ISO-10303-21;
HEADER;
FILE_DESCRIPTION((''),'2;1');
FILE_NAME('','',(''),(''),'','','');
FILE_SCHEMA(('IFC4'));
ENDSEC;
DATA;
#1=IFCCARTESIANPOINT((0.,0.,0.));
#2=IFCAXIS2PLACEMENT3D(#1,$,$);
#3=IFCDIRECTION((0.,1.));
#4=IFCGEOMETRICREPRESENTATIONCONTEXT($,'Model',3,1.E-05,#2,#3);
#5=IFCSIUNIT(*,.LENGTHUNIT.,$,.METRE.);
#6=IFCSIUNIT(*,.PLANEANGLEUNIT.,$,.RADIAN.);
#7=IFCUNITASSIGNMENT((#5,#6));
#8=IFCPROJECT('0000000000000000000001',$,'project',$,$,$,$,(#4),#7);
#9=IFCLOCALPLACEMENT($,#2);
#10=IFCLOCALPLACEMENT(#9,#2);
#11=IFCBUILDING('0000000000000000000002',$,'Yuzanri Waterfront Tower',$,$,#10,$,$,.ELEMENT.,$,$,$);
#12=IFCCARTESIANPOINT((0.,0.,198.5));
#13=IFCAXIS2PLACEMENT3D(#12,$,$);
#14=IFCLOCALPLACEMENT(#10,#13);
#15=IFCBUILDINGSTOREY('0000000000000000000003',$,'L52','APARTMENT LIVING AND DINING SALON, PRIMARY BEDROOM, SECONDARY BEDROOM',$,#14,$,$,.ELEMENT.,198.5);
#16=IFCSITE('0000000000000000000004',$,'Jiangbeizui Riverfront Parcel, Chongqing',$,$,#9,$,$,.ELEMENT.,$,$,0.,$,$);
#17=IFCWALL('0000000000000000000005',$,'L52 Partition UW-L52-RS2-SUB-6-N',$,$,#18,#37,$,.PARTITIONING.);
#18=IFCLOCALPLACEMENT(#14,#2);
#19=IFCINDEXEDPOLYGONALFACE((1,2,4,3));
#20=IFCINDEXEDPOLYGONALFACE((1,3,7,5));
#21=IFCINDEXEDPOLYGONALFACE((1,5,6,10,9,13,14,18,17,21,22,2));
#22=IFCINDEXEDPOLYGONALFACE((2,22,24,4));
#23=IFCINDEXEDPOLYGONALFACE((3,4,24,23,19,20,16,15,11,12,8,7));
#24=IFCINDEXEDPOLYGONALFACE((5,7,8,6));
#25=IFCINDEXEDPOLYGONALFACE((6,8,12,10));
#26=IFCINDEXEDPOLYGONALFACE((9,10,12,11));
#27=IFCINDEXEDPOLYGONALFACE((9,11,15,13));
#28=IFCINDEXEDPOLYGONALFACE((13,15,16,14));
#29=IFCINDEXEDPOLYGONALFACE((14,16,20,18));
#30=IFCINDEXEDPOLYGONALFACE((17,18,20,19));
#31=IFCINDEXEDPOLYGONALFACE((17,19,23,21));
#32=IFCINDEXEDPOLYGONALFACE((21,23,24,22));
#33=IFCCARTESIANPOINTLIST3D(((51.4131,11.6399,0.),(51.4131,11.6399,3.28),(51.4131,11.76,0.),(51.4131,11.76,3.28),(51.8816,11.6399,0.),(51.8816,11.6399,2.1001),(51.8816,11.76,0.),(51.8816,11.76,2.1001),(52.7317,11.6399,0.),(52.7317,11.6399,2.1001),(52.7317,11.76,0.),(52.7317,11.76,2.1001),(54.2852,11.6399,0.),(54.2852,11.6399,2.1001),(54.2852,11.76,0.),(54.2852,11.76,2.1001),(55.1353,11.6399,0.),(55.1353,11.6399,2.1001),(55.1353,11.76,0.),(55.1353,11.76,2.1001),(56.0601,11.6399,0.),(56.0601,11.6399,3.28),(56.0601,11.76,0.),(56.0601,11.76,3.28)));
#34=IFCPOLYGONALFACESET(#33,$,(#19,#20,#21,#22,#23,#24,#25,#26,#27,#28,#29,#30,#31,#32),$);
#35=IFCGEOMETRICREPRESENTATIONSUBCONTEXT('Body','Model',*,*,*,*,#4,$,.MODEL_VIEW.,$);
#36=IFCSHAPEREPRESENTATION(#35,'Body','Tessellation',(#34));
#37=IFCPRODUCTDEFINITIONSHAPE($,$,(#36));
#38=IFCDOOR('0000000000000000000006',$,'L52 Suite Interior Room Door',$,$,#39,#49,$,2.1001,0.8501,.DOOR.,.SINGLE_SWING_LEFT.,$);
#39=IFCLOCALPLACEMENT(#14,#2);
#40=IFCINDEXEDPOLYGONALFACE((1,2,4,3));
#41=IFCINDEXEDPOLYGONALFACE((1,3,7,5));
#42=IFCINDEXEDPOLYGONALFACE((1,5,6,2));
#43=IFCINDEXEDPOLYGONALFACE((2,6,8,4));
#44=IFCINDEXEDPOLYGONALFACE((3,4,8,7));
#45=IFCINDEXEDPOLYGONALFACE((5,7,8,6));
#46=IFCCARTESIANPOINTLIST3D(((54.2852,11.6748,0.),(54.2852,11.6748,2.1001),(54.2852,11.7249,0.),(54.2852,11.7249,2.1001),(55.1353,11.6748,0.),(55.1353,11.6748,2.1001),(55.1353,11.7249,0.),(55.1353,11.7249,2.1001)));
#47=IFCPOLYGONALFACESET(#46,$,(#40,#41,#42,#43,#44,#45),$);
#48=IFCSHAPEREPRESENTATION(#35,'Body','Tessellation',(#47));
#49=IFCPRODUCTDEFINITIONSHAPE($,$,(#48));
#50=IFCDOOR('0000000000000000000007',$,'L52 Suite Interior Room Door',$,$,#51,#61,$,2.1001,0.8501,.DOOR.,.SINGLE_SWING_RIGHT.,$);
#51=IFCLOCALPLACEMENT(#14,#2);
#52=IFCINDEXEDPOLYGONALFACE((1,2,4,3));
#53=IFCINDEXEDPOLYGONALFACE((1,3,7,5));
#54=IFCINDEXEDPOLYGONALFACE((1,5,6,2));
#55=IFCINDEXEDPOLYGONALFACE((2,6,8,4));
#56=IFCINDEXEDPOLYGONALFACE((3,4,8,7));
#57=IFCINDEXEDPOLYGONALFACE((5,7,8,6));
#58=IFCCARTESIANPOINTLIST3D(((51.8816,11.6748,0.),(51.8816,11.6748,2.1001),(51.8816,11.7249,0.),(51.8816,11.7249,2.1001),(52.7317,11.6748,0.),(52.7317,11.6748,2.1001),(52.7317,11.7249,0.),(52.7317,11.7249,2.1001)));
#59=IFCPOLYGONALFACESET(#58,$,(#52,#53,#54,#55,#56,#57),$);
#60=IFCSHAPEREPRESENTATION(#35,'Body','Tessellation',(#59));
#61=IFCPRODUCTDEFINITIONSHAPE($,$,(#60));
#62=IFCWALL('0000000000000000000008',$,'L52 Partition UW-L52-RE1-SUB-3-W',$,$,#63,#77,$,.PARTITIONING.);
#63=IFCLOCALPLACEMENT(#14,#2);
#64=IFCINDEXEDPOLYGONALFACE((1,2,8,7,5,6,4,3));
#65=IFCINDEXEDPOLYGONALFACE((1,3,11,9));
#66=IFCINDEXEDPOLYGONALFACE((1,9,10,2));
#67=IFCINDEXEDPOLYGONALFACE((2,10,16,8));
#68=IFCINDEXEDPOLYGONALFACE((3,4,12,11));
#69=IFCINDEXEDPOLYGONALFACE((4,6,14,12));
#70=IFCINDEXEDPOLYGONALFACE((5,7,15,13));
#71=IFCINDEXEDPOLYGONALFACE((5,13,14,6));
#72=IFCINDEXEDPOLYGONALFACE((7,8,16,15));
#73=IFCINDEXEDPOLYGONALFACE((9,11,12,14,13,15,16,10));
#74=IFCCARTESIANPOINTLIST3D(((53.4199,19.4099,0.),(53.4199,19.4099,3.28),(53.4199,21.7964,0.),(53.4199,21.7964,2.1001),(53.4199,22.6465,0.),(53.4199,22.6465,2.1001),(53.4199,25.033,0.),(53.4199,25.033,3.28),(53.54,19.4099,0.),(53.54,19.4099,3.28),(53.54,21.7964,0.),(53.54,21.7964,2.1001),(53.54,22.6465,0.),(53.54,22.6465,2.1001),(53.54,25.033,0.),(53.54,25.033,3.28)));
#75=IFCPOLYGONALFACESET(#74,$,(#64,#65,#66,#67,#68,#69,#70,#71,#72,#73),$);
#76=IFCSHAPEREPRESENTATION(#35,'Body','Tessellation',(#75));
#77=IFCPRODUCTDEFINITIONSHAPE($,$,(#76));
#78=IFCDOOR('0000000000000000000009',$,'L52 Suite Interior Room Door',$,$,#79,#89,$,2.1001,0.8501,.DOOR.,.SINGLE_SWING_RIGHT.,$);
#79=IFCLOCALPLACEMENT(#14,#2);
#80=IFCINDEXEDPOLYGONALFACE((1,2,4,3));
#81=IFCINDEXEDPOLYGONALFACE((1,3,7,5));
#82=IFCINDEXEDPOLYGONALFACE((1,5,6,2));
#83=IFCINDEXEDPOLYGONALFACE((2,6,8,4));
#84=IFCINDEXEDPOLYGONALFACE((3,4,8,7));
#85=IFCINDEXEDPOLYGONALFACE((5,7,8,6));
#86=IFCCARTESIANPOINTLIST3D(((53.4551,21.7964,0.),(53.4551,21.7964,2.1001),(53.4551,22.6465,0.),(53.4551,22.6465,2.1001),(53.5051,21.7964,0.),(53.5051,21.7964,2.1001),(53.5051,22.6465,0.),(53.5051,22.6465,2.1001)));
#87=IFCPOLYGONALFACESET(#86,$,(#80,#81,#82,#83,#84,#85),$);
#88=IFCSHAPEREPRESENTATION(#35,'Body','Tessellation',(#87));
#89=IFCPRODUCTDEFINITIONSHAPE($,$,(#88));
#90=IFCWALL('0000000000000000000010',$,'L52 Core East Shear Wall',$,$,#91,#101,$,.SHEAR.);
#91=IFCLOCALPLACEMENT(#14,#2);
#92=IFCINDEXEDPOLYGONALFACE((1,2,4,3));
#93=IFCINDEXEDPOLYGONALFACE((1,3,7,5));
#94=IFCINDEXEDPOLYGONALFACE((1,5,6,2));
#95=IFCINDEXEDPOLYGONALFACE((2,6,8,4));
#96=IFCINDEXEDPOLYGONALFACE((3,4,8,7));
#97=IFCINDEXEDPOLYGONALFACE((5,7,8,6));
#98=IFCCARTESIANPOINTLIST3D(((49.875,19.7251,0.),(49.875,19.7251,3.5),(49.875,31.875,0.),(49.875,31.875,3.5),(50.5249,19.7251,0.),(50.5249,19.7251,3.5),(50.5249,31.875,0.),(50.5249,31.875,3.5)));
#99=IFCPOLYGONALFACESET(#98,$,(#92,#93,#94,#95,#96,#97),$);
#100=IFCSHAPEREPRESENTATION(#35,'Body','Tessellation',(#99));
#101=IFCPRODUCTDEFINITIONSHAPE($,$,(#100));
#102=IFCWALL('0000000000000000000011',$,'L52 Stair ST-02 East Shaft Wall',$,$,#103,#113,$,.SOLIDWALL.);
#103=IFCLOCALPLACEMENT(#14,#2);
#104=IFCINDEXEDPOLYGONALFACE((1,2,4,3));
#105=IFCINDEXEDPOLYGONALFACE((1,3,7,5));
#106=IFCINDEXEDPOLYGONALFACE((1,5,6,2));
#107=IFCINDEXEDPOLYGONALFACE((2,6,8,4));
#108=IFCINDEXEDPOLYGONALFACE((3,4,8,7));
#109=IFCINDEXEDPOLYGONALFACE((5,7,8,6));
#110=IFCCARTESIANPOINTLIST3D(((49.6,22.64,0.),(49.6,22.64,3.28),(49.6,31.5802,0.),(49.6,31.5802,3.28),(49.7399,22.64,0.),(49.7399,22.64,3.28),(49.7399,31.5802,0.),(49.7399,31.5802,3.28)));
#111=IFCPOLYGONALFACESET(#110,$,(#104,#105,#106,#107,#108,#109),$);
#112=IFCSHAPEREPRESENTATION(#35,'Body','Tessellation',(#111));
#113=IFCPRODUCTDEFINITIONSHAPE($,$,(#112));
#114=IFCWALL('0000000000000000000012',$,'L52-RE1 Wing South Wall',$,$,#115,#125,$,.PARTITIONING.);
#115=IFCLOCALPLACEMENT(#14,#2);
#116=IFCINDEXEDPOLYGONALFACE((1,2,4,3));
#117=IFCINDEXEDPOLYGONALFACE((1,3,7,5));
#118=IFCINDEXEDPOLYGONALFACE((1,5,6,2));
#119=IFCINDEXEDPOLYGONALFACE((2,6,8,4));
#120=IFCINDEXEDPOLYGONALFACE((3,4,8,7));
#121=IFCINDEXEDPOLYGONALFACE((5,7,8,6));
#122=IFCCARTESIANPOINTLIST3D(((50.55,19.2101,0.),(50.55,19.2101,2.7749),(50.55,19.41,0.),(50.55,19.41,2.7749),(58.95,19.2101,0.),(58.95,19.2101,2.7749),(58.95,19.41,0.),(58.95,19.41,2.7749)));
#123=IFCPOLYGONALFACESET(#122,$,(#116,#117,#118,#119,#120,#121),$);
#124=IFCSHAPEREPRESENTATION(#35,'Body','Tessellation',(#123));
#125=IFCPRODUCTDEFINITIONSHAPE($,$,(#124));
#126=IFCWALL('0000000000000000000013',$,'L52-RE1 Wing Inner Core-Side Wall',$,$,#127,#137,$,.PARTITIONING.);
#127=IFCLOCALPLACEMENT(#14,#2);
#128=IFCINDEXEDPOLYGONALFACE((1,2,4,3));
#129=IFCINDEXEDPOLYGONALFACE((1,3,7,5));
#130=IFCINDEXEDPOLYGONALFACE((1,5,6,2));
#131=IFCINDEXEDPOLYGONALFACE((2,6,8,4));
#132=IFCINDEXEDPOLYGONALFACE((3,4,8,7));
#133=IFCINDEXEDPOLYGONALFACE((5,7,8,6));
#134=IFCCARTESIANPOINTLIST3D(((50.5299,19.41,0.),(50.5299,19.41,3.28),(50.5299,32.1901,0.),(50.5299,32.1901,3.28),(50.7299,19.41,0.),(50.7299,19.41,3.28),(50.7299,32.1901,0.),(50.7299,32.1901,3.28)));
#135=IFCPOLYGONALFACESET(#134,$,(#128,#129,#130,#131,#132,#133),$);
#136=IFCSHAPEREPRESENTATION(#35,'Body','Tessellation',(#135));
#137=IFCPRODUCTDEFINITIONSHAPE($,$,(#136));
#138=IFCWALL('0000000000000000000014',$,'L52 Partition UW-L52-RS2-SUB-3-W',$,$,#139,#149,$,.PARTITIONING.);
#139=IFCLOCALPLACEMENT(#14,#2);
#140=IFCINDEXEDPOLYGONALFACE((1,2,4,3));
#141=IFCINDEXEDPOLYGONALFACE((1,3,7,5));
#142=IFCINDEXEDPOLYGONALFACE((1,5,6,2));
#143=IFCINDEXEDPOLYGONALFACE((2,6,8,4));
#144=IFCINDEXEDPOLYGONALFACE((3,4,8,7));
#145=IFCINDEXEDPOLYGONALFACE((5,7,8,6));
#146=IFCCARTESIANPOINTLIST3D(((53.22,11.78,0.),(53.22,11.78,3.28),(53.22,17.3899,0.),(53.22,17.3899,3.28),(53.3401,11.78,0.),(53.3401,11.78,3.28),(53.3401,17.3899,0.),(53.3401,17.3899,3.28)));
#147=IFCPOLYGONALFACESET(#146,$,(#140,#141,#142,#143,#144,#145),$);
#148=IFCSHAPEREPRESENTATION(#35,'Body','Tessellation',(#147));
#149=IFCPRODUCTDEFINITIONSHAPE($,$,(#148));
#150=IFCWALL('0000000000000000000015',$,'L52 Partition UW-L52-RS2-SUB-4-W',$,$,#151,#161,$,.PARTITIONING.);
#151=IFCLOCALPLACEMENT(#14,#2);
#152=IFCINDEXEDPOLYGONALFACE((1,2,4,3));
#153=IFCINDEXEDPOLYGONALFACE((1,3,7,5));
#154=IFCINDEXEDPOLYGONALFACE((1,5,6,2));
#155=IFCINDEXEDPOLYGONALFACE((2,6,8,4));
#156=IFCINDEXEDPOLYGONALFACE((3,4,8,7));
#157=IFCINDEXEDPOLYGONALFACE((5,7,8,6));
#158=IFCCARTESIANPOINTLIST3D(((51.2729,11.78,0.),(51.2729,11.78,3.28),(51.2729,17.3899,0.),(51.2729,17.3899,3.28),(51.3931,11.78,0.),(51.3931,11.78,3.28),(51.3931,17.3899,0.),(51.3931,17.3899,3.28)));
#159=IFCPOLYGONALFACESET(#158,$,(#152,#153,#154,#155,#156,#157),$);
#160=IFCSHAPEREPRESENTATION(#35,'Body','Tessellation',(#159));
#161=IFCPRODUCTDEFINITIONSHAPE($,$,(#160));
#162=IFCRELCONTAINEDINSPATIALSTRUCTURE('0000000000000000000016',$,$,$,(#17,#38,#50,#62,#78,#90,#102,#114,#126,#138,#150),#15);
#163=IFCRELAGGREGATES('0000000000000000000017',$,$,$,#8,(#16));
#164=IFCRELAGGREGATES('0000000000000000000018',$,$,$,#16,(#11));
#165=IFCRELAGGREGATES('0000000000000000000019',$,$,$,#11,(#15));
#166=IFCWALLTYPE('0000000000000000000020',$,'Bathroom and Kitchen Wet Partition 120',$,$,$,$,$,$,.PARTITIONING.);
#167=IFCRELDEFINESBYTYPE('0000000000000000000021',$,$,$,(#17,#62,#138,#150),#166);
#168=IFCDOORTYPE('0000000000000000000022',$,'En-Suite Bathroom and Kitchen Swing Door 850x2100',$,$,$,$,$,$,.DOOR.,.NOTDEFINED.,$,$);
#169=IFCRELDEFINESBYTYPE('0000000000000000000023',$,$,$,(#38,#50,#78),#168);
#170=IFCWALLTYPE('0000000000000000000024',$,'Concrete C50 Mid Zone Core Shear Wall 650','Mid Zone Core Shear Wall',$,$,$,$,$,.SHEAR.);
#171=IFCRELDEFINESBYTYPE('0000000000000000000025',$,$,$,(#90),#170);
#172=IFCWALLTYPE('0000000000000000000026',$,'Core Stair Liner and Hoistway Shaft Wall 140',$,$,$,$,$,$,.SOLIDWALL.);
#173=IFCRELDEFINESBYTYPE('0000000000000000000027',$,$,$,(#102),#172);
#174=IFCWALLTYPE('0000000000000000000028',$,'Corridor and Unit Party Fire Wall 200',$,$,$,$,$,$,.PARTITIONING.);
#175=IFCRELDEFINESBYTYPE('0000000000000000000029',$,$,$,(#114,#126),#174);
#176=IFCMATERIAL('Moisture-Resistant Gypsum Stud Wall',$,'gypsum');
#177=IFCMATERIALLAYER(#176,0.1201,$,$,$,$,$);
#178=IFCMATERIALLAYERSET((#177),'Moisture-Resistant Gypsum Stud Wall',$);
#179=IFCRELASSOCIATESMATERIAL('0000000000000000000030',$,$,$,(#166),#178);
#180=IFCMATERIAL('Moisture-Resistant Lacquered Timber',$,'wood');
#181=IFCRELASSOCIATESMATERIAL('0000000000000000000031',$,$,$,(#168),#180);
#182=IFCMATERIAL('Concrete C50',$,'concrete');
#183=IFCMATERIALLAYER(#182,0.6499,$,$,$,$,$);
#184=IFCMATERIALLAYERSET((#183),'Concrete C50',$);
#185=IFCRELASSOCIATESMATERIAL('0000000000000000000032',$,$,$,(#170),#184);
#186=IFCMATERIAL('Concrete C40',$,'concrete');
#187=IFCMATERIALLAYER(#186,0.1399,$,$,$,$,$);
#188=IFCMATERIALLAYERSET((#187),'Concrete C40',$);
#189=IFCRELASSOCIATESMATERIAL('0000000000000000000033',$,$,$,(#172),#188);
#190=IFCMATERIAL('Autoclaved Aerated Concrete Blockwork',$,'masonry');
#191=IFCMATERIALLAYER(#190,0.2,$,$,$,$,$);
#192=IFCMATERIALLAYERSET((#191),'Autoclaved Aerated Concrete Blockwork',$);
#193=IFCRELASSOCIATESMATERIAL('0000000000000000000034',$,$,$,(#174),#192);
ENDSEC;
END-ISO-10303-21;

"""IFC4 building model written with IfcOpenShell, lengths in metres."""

from ifc_helpers import new_model, si_unit, direction, frame, frame_2d, origin, place, context, subcontext, project, spatial, rectangle, extrude, source, transform, mapped, material, layer, layer_set, type_object, element, fill, save


model = new_model("IFC4")

# Units and contexts
model_context = context("Model", 3, precision=1e-05, world=origin(), true_north=direction((0.0, 1.0)))
body_context = subcontext(model_context, "Body", "Model", "MODEL_VIEW")
ifc_project = project(units=[si_unit("LENGTHUNIT", "METRE"), si_unit("PLANEANGLEUNIT", "RADIAN")], contexts=[model_context])

# Site, building, storey
site_placement = place(None, origin())
site = spatial("IfcSite", under=ifc_project, at=site_placement, Name="Jiangbeizui Riverfront Parcel, Chongqing", CompositionType="ELEMENT", RefElevation=0.0)
building_placement = place(site_placement, origin())
building = spatial("IfcBuilding", under=site, at=building_placement, Name="Yuzanri Waterfront Tower", CompositionType="ELEMENT")
storey_placement = place(building_placement, frame((0.0, 0.0, 198.5)))
storey = spatial("IfcBuildingStorey", under=building, at=storey_placement, Name="L52", Description="APARTMENT LIVING AND DINING SALON, PRIMARY BEDROOM, SECONDARY BEDROOM", CompositionType="ELEMENT", Elevation=198.5)

# Wall, openings, doors
ifc_material_1 = material(Name="Moisture-Resistant Gypsum Stud Wall", Category="gypsum")
ifc_layer_1 = layer(ifc_material_1, 0.1201)
ifc_layer_set_1 = layer_set([ifc_layer_1], Name="Moisture-Resistant Gypsum Stud Wall")
wall_type_1 = type_object("IfcWallType", Name="Bathroom and Kitchen Wet Partition 120", PredefinedType="PARTITIONING", material=ifc_layer_set_1)
wall_1_placement = place(storey_placement, frame((51.4131, 11.7, 0.0), z_axis=(0.0, 0.0, 1.0), x_axis=(1.0, 0.0, 0.0)))
wall_1 = element("IfcWall", 1, at=wall_1_placement, inside=storey, type_object=wall_type_1, Name="L52 Partition UW-L52-RS2-SUB-6-N", PredefinedType="PARTITIONING", context=body_context, shape_type="SweptSolid", body=[
    extrude(rectangle(XDim=4.647, YDim=0.1201, at=frame_2d((2.3235, 0.0))), origin(), (0.0, 0.0, 1.0), 3.28),
])
opening_1_placement = place(wall_1_placement, frame((2.8721, 0.0, 0.0)))
opening_1 = element("IfcOpeningElement", 2, at=opening_1_placement, cuts=wall_1, PredefinedType="OPENING", context=body_context, shape_type="SweptSolid", body=[
    extrude(rectangle(XDim=0.8501, YDim=2.1001, at=frame_2d((0.425, 1.05))), frame((0.0, 0.075, 0.0), z_axis=(0.0, -1.0, 0.0), x_axis=(1.0, 0.0, 0.0)), (0.0, 0.0, 1.0), 0.1499),
])
opening_2_placement = place(wall_1_placement, frame((0.4685, 0.0, 0.0)))
opening_2 = element("IfcOpeningElement", 3, at=opening_2_placement, cuts=wall_1, PredefinedType="OPENING", context=body_context, shape_type="SweptSolid", body=[
    extrude(rectangle(XDim=0.8501, YDim=2.1001, at=frame_2d((0.425, 1.05))), frame((0.0, 0.075, 0.0), z_axis=(0.0, -1.0, 0.0), x_axis=(1.0, 0.0, 0.0)), (0.0, 0.0, 1.0), 0.1499),
])
ifc_material_2 = material(Name="Moisture-Resistant Lacquered Timber", Category="wood")
door_type = type_object("IfcDoorType", Name="En-Suite Bathroom and Kitchen Swing Door 850x2100", OperationType="NOTDEFINED", PredefinedType="DOOR", material=ifc_material_2)
shared_shape_1 = source(origin(), body_context, "Body", "SweptSolid", [
    extrude(rectangle(XDim=0.8501, YDim=2.1001, at=frame_2d((0.425, 1.05))), frame((0.0, 0.0249, 0.0), z_axis=(0.0, -1.0, 0.0), x_axis=(1.0, 0.0, 0.0)), (0.0, 0.0, 1.0), 0.05),
])
door_1_placement = place(opening_1_placement, origin())
door_1 = element("IfcDoor", 4, at=door_1_placement, inside=storey, type_object=door_type, Name="L52 Suite Interior Room Door", OperationType="SINGLE_SWING_LEFT", OverallHeight=2.1001, OverallWidth=0.8501, PredefinedType="DOOR", context=body_context, shape_type="MappedRepresentation", body=[
    mapped(shared_shape_1, transform((0.0, 0.0, 0.0), scale=1.0)),
])
fill(opening_1, door_1)
door_2_placement = place(opening_2_placement, origin())
door_2 = element("IfcDoor", 5, at=door_2_placement, inside=storey, type_object=door_type, Name="L52 Suite Interior Room Door", OperationType="SINGLE_SWING_RIGHT", OverallHeight=2.1001, OverallWidth=0.8501, PredefinedType="DOOR", context=body_context, shape_type="MappedRepresentation", body=[
    mapped(shared_shape_1, transform((0.0, 0.0, 0.0), scale=1.0)),
])
fill(opening_2, door_2)

# Wall, opening, door
wall_2_placement = place(storey_placement, frame((53.48, 19.4099, 0.0), z_axis=(0.0, 0.0, 1.0), x_axis=(0.0, 1.0, 0.0)))
wall_2 = element("IfcWall", 6, at=wall_2_placement, inside=storey, type_object=wall_type_1, Name="L52 Partition UW-L52-RE1-SUB-3-W", PredefinedType="PARTITIONING", context=body_context, shape_type="SweptSolid", body=[
    extrude(rectangle(XDim=5.623, YDim=0.1201, at=frame_2d((2.8115, 0.0))), origin(), (0.0, 0.0, 1.0), 3.28),
])
opening_3_placement = place(wall_2_placement, frame((2.3865, 0.0, 0.0)))
opening_3 = element("IfcOpeningElement", 7, at=opening_3_placement, cuts=wall_2, PredefinedType="OPENING", context=body_context, shape_type="SweptSolid", body=[
    extrude(rectangle(XDim=0.8501, YDim=2.1001, at=frame_2d((0.425, 1.05))), frame((0.0, 0.075, 0.0), z_axis=(0.0, -1.0, 0.0), x_axis=(1.0, 0.0, 0.0)), (0.0, 0.0, 1.0), 0.1499),
])
door_3_placement = place(opening_3_placement, origin())
door_3 = element("IfcDoor", 8, at=door_3_placement, inside=storey, type_object=door_type, Name="L52 Suite Interior Room Door", OperationType="SINGLE_SWING_RIGHT", OverallHeight=2.1001, OverallWidth=0.8501, PredefinedType="DOOR", context=body_context, shape_type="MappedRepresentation", body=[
    mapped(shared_shape_1, transform((0.0, 0.0, 0.0), scale=1.0)),
])
fill(opening_3, door_3)

# Walls
ifc_material_3 = material(Name="Concrete C50", Category="concrete")
ifc_layer_2 = layer(ifc_material_3, 0.6499)
ifc_layer_set_2 = layer_set([ifc_layer_2], Name="Concrete C50")
wall_type_2 = type_object("IfcWallType", Name="Concrete C50 Mid Zone Core Shear Wall 650", Description="Mid Zone Core Shear Wall", PredefinedType="SHEAR", material=ifc_layer_set_2)
shared_shape_2 = source(origin(), body_context, "Body", "SweptSolid", [
    extrude(rectangle(XDim=12.1499, YDim=0.6499, at=frame_2d((6.075, 0.0))), origin(), (0.0, 0.0, 1.0), 3.5),
])
wall_3_placement = place(storey_placement, frame((50.2, 19.7251, 0.0), z_axis=(0.0, 0.0, 1.0), x_axis=(0.0, 1.0, 0.0)))
element("IfcWall", 9, at=wall_3_placement, inside=storey, type_object=wall_type_2, Name="L52 Core East Shear Wall", PredefinedType="SHEAR", context=body_context, shape_type="MappedRepresentation", body=[
    mapped(shared_shape_2, transform((0.0, 0.0, 0.0), scale=1.0)),
])
ifc_material_4 = material(Name="Concrete C40", Category="concrete")
ifc_layer_3 = layer(ifc_material_4, 0.1399)
ifc_layer_set_3 = layer_set([ifc_layer_3], Name="Concrete C40")
wall_type_3 = type_object("IfcWallType", Name="Core Stair Liner and Hoistway Shaft Wall 140", PredefinedType="SOLIDWALL", material=ifc_layer_set_3)
shared_shape_3 = source(origin(), body_context, "Body", "SweptSolid", [
    extrude(rectangle(XDim=8.9402, YDim=0.1399, at=frame_2d((4.4702, 0.0))), origin(), (0.0, 0.0, 1.0), 3.28),
])
wall_4_placement = place(storey_placement, frame((49.6699, 22.6399, 0.0), z_axis=(0.0, 0.0, 1.0), x_axis=(0.0, 1.0, 0.0)))
element("IfcWall", 10, at=wall_4_placement, inside=storey, type_object=wall_type_3, Name="L52 Stair ST-02 East Shaft Wall", PredefinedType="SOLIDWALL", context=body_context, shape_type="MappedRepresentation", body=[
    mapped(shared_shape_3, transform((0.0, 0.0, 0.0), scale=1.0)),
])
ifc_material_5 = material(Name="Autoclaved Aerated Concrete Blockwork", Category="masonry")
ifc_layer_4 = layer(ifc_material_5, 0.2)
ifc_layer_set_4 = layer_set([ifc_layer_4], Name="Autoclaved Aerated Concrete Blockwork")
wall_type_4 = type_object("IfcWallType", Name="Corridor and Unit Party Fire Wall 200", PredefinedType="PARTITIONING", material=ifc_layer_set_4)
shared_shape_4 = source(origin(), body_context, "Body", "SweptSolid", [
    extrude(rectangle(XDim=8.3999, YDim=0.2, at=frame_2d((4.2, 0.0))), origin(), (0.0, 0.0, 1.0), 2.7749),
])
wall_5_placement = place(storey_placement, frame((50.55, 19.3101, 0.0), z_axis=(0.0, 0.0, 1.0), x_axis=(1.0, 0.0, 0.0)))
element("IfcWall", 11, at=wall_5_placement, inside=storey, type_object=wall_type_4, Name="L52-RE1 Wing South Wall", PredefinedType="PARTITIONING", context=body_context, shape_type="MappedRepresentation", body=[
    mapped(shared_shape_4, transform((0.0, 0.0, 0.0), scale=1.0)),
])
shared_shape_5 = source(origin(), body_context, "Body", "SweptSolid", [
    extrude(rectangle(XDim=12.78, YDim=0.2, at=frame_2d((6.3901, 0.0))), origin(), (0.0, 0.0, 1.0), 3.28),
])
wall_6_placement = place(storey_placement, frame((50.6299, 19.4099, 0.0), z_axis=(0.0, 0.0, 1.0), x_axis=(0.0, 1.0, 0.0)))
element("IfcWall", 12, at=wall_6_placement, inside=storey, type_object=wall_type_4, Name="L52-RE1 Wing Inner Core-Side Wall", PredefinedType="PARTITIONING", context=body_context, shape_type="MappedRepresentation", body=[
    mapped(shared_shape_5, transform((0.0, 0.0, 0.0), scale=1.0)),
])
shared_shape_6 = source(origin(), body_context, "Body", "SweptSolid", [
    extrude(rectangle(XDim=5.6099, YDim=0.1201, at=frame_2d((2.8049, 0.0))), origin(), (0.0, 0.0, 1.0), 3.28),
])
for number, where, z_axis, x_axis, name in (
    (13, (53.28, 11.78, 0.0), (0.0, 0.0, 1.0), (0.0, 1.0, 0.0), "L52 Partition UW-L52-RS2-SUB-3-W"),
    (14, (51.333, 11.78, 0.0), (0.0, 0.0, 1.0), (0.0, 1.0, 0.0), "L52 Partition UW-L52-RS2-SUB-4-W"),
):
    element("IfcWall", number, at=place(storey_placement, frame(where, z_axis=z_axis, x_axis=x_axis)), inside=storey, type_object=wall_type_1, Name=name, PredefinedType="PARTITIONING", context=body_context, shape_type="MappedRepresentation", body=[
        mapped(shared_shape_6, transform((0.0, 0.0, 0.0), scale=1.0)),
    ])

save(model, "model.ifc")
